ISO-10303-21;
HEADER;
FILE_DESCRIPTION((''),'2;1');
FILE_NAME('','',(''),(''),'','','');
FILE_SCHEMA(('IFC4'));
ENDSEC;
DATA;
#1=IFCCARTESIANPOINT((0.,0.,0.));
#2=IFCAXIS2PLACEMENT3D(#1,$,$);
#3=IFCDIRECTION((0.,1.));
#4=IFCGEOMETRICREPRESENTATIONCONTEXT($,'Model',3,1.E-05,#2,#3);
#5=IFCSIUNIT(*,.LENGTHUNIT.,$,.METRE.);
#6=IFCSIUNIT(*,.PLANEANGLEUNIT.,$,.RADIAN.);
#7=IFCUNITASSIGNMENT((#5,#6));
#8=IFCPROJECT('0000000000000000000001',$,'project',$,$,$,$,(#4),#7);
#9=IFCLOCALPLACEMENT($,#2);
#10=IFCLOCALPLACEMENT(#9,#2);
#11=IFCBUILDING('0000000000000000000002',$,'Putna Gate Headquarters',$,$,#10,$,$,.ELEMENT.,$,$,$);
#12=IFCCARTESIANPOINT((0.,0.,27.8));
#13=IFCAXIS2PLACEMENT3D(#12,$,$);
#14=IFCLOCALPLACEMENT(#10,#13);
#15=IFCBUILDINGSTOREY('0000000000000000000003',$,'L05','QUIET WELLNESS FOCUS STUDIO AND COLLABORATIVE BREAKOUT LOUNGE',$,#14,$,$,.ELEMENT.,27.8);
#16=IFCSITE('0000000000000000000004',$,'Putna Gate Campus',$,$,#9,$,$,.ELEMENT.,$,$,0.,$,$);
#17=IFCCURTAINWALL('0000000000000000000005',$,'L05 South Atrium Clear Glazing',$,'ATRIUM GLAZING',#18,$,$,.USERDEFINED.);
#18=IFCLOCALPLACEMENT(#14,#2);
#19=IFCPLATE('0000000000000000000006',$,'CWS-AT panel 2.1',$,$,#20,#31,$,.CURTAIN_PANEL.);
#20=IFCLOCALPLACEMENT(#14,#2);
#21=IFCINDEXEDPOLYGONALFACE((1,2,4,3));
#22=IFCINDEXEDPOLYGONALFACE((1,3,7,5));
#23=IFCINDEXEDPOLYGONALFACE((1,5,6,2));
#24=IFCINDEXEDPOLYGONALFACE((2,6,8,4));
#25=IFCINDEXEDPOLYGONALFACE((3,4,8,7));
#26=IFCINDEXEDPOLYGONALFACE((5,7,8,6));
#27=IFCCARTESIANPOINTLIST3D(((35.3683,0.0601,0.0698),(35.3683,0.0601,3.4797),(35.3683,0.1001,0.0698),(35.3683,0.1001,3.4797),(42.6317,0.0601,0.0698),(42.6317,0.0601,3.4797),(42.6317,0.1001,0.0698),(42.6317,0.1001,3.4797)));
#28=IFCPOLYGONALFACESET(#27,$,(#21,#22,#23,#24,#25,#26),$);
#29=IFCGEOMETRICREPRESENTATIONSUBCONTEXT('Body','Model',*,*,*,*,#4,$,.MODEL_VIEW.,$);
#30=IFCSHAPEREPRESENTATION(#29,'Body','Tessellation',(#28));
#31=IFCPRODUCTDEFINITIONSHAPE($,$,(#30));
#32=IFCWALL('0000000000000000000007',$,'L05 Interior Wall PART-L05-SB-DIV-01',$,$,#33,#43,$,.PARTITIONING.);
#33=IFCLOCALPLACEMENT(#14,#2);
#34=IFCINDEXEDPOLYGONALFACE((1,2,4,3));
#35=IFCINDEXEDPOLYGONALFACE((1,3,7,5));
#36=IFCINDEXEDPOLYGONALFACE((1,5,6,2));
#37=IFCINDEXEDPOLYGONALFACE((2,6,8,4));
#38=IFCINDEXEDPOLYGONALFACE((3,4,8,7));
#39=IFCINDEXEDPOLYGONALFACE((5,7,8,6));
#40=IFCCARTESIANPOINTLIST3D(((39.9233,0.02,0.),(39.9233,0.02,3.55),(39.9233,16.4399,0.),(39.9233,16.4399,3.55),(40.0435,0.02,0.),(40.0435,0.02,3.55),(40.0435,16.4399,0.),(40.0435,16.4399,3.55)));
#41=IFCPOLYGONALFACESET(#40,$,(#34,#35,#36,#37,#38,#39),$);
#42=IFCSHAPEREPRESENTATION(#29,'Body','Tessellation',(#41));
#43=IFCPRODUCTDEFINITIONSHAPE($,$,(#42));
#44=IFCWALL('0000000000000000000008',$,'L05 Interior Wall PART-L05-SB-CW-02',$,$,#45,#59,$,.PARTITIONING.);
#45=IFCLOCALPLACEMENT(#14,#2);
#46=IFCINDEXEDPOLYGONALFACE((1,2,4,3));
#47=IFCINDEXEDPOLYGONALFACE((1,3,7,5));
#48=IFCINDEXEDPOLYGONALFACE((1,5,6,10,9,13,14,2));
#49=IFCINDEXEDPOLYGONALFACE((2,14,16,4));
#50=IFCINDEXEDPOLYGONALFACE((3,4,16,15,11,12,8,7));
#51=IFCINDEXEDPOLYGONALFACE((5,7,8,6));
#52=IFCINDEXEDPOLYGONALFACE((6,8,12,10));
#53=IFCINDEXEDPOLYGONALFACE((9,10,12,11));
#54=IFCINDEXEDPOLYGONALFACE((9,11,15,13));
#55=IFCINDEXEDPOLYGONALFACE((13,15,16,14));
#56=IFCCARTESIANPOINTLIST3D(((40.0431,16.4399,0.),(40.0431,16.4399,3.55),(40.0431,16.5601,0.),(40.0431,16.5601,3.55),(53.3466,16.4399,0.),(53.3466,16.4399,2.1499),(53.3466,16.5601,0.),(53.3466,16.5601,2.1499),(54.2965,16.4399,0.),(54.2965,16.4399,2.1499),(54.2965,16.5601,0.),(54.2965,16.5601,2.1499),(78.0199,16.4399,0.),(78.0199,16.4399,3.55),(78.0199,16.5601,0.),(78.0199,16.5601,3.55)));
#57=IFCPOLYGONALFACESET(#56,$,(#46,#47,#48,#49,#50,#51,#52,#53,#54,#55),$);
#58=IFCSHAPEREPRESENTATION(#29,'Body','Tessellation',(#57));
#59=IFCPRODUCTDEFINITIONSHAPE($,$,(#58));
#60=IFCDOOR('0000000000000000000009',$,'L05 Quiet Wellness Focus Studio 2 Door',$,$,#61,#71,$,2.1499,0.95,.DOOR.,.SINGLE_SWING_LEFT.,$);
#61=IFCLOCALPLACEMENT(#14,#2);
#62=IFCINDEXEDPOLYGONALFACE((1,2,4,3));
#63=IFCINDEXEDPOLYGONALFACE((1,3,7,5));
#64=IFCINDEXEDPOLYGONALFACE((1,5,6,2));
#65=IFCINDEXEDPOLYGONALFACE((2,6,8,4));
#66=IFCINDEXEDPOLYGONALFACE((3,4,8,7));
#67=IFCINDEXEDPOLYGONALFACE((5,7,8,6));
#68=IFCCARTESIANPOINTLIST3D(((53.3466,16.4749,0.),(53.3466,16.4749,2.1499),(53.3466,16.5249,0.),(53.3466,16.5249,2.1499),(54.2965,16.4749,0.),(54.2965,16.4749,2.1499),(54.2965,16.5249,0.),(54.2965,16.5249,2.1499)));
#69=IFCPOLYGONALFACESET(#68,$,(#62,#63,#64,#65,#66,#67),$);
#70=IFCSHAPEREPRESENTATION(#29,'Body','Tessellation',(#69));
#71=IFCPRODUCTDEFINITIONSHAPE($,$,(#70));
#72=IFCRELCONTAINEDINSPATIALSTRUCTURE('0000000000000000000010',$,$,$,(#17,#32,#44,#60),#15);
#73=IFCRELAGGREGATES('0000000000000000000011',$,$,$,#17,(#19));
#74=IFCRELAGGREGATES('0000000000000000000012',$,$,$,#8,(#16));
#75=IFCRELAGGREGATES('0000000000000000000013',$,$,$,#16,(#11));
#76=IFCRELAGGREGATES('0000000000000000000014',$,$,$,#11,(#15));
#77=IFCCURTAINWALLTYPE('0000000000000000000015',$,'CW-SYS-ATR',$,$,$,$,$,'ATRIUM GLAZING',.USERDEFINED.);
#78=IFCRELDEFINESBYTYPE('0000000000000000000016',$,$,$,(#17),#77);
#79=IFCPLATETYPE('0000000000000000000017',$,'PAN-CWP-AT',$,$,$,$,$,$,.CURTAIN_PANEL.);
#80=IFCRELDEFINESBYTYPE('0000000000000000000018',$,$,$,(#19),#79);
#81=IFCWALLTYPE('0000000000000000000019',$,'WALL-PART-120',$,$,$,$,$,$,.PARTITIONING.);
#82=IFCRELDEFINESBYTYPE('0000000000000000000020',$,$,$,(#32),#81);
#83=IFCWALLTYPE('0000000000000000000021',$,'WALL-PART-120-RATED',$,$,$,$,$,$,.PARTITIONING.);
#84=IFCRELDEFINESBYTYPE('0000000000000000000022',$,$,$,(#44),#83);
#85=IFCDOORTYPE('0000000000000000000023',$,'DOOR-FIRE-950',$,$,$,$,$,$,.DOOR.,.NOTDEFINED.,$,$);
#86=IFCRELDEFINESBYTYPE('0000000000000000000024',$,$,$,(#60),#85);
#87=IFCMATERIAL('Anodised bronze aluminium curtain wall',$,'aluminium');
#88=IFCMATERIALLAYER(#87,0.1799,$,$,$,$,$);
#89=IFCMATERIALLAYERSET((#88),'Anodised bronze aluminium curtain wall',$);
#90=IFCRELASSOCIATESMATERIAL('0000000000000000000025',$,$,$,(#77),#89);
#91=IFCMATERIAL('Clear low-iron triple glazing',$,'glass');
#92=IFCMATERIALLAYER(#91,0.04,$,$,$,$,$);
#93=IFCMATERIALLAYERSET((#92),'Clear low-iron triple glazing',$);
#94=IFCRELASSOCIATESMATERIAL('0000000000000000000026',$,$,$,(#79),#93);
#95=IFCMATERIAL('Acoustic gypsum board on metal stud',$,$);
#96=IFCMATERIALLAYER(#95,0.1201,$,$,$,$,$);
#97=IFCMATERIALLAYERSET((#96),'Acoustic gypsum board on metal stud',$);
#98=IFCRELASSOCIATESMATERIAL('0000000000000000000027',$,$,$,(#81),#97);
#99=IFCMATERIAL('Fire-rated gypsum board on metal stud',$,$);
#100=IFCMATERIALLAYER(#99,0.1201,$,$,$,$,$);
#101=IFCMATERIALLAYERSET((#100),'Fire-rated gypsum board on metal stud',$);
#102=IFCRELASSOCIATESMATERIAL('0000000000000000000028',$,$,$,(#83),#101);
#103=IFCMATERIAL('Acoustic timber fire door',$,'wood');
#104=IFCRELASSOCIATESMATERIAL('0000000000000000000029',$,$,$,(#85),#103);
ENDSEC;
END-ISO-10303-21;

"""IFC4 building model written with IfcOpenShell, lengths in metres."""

from ifc_helpers import new_model, si_unit, direction, frame, frame_2d, origin, origin_2d, place, context, subcontext, project, spatial, rectangle, extrude, material, layer, layer_set, type_object, element, fill, aggregate, save


model = new_model("IFC4")

# Units and contexts
model_context = context("Model", 3, precision=1e-05, world=origin(), true_north=direction((0.0, 1.0)))
body_context = subcontext(model_context, "Body", "Model", "MODEL_VIEW")
ifc_project = project(units=[si_unit("LENGTHUNIT", "METRE"), si_unit("PLANEANGLEUNIT", "RADIAN")], contexts=[model_context])

# Site, building, storey
site_placement = place(None, origin())
site = spatial("IfcSite", under=ifc_project, at=site_placement, Name="Putna Gate Campus", CompositionType="ELEMENT", RefElevation=0.0)
building_placement = place(site_placement, origin())
building = spatial("IfcBuilding", under=site, at=building_placement, Name="Putna Gate Headquarters", CompositionType="ELEMENT")
storey_placement = place(building_placement, frame((0.0, 0.0, 27.8)))
storey = spatial("IfcBuildingStorey", under=building, at=storey_placement, Name="L05", Description="QUIET WELLNESS FOCUS STUDIO AND COLLABORATIVE BREAKOUT LOUNGE", CompositionType="ELEMENT", Elevation=27.8)

# Curtain wall, plate
ifc_material_1 = material(Name="Anodised bronze aluminium curtain wall", Category="aluminium")
ifc_layer_1 = layer(ifc_material_1, 0.1799)
ifc_layer_set_1 = layer_set([ifc_layer_1], Name="Anodised bronze aluminium curtain wall")
curtain_wall_type = type_object("IfcCurtainWallType", Name="CW-SYS-ATR", ElementType="ATRIUM GLAZING", PredefinedType="USERDEFINED", material=ifc_layer_set_1)
curtain_wall_placement = place(storey_placement, origin())
curtain_wall = element("IfcCurtainWall", 1, at=curtain_wall_placement, inside=storey, type_object=curtain_wall_type, Name="L05 South Atrium Clear Glazing", ObjectType="ATRIUM GLAZING", PredefinedType="USERDEFINED")
ifc_material_2 = material(Name="Clear low-iron triple glazing", Category="glass")
ifc_layer_2 = layer(ifc_material_2, 0.04)
ifc_layer_set_2 = layer_set([ifc_layer_2], Name="Clear low-iron triple glazing")
plate_type = type_object("IfcPlateType", Name="PAN-CWP-AT", PredefinedType="CURTAIN_PANEL", material=ifc_layer_set_2)
plate_placement = place(storey_placement, frame((39.0, 0.0801, 0.0698), z_axis=(0.0, 0.0, 1.0), x_axis=(1.0, 0.0, 0.0)))
plate = element("IfcPlate", 2, at=plate_placement, type_object=plate_type, Name="CWS-AT panel 2.1", PredefinedType="CURTAIN_PANEL", context=body_context, shape_type="SweptSolid", body=[
    extrude(rectangle(XDim=7.2634, YDim=0.04, at=origin_2d()), origin(), (0.0, 0.0, 1.0), 3.4099),
])
aggregate(curtain_wall, [plate])

# Wall
ifc_material_3 = material(Name="Acoustic gypsum board on metal stud")
ifc_layer_3 = layer(ifc_material_3, 0.1201)
ifc_layer_set_3 = layer_set([ifc_layer_3], Name="Acoustic gypsum board on metal stud")
wall_type_1 = type_object("IfcWallType", Name="WALL-PART-120", PredefinedType="PARTITIONING", material=ifc_layer_set_3)
wall_1_placement = place(storey_placement, frame((39.9834, 0.02, 0.0), z_axis=(0.0, 0.0, 1.0), x_axis=(0.0, 1.0, 0.0)))
element("IfcWall", 3, at=wall_1_placement, inside=storey, type_object=wall_type_1, Name="L05 Interior Wall PART-L05-SB-DIV-01", PredefinedType="PARTITIONING", context=body_context, shape_type="SweptSolid", body=[
    extrude(rectangle(XDim=16.4199, YDim=0.1201, at=frame_2d((8.21, 0.0))), origin(), (0.0, 0.0, 1.0), 3.55),
])

# Wall, opening, door
ifc_material_4 = material(Name="Fire-rated gypsum board on metal stud")
ifc_layer_4 = layer(ifc_material_4, 0.1201)
ifc_layer_set_4 = layer_set([ifc_layer_4], Name="Fire-rated gypsum board on metal stud")
wall_type_2 = type_object("IfcWallType", Name="WALL-PART-120-RATED", PredefinedType="PARTITIONING", material=ifc_layer_set_4)
wall_2_placement = place(storey_placement, frame((40.0432, 16.5, 0.0), z_axis=(0.0, 0.0, 1.0), x_axis=(1.0, 0.0, 0.0)))
wall_2 = element("IfcWall", 4, at=wall_2_placement, inside=storey, type_object=wall_type_2, Name="L05 Interior Wall PART-L05-SB-CW-02", PredefinedType="PARTITIONING", context=body_context, shape_type="SweptSolid", body=[
    extrude(rectangle(XDim=37.9768, YDim=0.1201, at=frame_2d((18.9883, 0.0))), origin(), (0.0, 0.0, 1.0), 3.55),
])
opening_placement = place(wall_2_placement, frame((13.3032, 0.0, 0.0)))
opening = element("IfcOpeningElement", 5, at=opening_placement, cuts=wall_2, PredefinedType="OPENING", context=body_context, shape_type="SweptSolid", body=[
    extrude(rectangle(XDim=0.95, YDim=2.1499, at=frame_2d((0.4751, 1.075))), frame((0.0, 0.0701, 0.0), z_axis=(0.0, -1.0, 0.0), x_axis=(1.0, 0.0, 0.0)), (0.0, 0.0, 1.0), 0.1401),
])
ifc_material_5 = material(Name="Acoustic timber fire door", Category="wood")
door_type = type_object("IfcDoorType", Name="DOOR-FIRE-950", OperationType="NOTDEFINED", PredefinedType="DOOR", material=ifc_material_5)
door_placement = place(opening_placement, origin())
door = element("IfcDoor", 6, at=door_placement, inside=storey, type_object=door_type, Name="L05 Quiet Wellness Focus Studio 2 Door", OperationType="SINGLE_SWING_LEFT", OverallHeight=2.1499, OverallWidth=0.95, PredefinedType="DOOR", context=body_context, shape_type="SweptSolid", body=[
    extrude(rectangle(XDim=0.95, YDim=2.1499, at=frame_2d((0.4751, 1.075))), frame((0.0, 0.0249, 0.0), z_axis=(0.0, -1.0, 0.0), x_axis=(1.0, 0.0, 0.0)), (0.0, 0.0, 1.0), 0.05),
])
fill(opening, door)

save(model, "model.ifc")
